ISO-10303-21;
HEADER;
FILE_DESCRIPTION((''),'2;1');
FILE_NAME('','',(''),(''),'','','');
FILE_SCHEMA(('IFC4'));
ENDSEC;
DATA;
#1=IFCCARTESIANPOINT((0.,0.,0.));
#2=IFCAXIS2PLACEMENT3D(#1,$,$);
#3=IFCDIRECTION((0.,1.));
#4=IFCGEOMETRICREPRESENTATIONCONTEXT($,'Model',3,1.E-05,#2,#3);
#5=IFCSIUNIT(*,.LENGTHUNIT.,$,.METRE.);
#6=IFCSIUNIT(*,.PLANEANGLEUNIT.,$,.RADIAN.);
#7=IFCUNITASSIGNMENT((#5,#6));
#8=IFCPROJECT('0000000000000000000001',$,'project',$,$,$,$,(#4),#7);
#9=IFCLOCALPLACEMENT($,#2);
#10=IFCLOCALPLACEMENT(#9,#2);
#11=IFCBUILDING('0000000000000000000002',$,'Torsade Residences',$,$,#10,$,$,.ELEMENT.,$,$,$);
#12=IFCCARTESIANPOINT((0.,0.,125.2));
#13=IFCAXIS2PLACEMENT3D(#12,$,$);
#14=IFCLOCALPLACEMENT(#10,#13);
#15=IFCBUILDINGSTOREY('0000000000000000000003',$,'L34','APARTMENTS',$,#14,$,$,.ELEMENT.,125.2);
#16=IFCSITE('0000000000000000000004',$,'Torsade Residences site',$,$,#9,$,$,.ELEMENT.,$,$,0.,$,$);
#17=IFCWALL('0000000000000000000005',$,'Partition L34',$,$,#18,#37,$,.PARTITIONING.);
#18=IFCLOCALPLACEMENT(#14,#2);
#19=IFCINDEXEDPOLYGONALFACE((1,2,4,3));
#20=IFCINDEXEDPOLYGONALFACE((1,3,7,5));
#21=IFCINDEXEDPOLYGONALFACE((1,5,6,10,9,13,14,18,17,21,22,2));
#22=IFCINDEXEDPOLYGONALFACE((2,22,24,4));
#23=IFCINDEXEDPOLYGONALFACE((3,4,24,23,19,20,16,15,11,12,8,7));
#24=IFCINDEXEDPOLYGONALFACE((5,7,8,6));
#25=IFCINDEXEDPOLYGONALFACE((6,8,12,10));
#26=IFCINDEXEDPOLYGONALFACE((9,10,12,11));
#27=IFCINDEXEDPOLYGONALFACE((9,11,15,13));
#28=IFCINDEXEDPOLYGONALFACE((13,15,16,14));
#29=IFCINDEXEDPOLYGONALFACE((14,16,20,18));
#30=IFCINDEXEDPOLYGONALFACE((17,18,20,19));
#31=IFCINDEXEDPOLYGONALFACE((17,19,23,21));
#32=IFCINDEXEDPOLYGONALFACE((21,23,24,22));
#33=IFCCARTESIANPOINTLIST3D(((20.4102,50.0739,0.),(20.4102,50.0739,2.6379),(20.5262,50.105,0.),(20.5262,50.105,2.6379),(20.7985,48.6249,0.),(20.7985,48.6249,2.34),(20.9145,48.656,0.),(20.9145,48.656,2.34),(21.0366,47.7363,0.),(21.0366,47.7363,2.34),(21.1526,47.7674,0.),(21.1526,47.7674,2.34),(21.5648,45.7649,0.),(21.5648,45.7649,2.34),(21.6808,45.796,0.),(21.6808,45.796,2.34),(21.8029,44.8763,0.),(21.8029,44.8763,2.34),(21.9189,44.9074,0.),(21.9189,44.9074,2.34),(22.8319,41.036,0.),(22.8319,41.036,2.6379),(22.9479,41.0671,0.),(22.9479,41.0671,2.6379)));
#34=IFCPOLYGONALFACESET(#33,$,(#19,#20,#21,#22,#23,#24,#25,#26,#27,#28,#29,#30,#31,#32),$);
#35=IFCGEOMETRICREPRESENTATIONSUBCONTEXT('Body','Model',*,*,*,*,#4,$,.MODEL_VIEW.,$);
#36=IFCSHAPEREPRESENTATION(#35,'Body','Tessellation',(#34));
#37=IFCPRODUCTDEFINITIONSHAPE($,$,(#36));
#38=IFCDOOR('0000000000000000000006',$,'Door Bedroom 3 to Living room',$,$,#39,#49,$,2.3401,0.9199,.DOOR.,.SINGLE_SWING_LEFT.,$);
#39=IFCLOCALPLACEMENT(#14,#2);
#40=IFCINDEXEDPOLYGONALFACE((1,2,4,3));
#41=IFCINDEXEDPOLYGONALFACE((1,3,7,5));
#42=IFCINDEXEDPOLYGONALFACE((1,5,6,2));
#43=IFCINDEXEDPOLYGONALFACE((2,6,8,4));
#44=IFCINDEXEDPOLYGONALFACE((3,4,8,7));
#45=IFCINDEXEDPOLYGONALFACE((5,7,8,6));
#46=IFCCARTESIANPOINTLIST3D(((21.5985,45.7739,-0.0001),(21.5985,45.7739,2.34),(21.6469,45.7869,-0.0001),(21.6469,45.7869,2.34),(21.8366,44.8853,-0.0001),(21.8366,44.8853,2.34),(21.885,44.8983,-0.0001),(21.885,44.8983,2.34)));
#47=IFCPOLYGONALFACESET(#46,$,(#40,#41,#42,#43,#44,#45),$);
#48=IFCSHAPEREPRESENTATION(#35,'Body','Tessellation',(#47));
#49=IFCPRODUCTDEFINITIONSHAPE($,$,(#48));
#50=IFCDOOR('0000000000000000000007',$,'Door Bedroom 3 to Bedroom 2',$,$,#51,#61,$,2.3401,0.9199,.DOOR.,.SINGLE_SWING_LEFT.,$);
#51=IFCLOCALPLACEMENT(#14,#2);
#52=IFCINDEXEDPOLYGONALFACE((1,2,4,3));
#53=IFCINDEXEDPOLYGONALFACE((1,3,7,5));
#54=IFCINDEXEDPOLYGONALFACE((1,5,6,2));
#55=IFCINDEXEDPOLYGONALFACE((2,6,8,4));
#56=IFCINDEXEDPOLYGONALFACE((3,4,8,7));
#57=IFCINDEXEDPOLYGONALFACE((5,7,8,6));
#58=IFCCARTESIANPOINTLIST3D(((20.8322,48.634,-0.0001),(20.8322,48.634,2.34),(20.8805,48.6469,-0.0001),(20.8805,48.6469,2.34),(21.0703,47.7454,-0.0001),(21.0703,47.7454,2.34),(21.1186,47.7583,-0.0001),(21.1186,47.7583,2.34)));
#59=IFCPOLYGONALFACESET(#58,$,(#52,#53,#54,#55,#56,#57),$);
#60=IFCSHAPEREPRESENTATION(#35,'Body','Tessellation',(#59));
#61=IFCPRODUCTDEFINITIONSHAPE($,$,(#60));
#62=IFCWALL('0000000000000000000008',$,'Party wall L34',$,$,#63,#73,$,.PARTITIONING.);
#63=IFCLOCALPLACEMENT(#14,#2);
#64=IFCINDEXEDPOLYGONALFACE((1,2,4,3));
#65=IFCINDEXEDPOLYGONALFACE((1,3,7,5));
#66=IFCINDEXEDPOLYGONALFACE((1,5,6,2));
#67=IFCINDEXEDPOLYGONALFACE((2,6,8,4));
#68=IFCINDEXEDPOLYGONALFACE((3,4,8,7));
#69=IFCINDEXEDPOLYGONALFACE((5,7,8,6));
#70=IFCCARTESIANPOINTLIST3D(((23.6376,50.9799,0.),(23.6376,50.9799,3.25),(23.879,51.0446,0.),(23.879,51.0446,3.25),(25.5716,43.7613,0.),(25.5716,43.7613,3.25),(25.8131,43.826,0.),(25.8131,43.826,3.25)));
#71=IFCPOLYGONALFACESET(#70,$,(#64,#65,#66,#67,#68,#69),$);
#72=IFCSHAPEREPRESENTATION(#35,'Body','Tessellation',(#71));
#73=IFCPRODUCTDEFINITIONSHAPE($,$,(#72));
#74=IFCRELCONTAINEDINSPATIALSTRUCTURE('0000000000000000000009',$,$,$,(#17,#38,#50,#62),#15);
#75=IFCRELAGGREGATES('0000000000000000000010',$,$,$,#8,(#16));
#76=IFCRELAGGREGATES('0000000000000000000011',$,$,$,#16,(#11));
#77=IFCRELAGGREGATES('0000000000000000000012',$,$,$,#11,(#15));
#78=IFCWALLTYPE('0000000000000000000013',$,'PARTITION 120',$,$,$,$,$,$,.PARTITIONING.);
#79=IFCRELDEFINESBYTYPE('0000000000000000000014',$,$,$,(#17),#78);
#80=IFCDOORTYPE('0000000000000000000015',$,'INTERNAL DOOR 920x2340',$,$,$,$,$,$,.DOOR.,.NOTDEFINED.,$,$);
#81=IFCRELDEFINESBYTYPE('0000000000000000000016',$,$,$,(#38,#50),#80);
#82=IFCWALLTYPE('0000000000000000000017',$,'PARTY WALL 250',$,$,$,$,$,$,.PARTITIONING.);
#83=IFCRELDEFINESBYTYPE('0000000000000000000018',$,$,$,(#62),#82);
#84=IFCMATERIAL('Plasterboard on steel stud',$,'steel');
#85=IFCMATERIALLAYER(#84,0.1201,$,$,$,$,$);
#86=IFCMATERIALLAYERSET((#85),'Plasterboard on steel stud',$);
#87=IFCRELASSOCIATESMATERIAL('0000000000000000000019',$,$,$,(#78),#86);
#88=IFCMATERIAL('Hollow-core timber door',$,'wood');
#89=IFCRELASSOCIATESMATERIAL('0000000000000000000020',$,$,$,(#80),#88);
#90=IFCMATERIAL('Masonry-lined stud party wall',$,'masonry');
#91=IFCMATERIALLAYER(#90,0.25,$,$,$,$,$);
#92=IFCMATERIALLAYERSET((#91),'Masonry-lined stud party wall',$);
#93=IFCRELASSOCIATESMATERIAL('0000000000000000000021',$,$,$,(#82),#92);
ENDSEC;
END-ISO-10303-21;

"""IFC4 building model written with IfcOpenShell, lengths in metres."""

from ifc_helpers import new_model, si_unit, direction, frame, frame_2d, origin, place, context, subcontext, project, spatial, rectangle, extrude, material, layer, layer_set, type_object, element, fill, save


model = new_model("IFC4")

# Units and contexts
model_context = context("Model", 3, precision=1e-05, world=origin(), true_north=direction((0.0, 1.0)))
body_context = subcontext(model_context, "Body", "Model", "MODEL_VIEW")
ifc_project = project(units=[si_unit("LENGTHUNIT", "METRE"), si_unit("PLANEANGLEUNIT", "RADIAN")], contexts=[model_context])

# Site, building, storey
site_placement = place(None, origin())
site = spatial("IfcSite", under=ifc_project, at=site_placement, Name="Torsade Residences site", CompositionType="ELEMENT", RefElevation=0.0)
building_placement = place(site_placement, origin())
building = spatial("IfcBuilding", under=site, at=building_placement, Name="Torsade Residences", CompositionType="ELEMENT")
storey_placement = place(building_placement, frame((0.0, 0.0, 125.2)))
storey = spatial("IfcBuildingStorey", under=building, at=storey_placement, Name="L34", Description="APARTMENTS", CompositionType="ELEMENT", Elevation=125.2)

# Wall, openings, doors
ifc_material_1 = material(Name="Plasterboard on steel stud", Category="steel")
ifc_layer_1 = layer(ifc_material_1, 0.1201)
ifc_layer_set_1 = layer_set([ifc_layer_1], Name="Plasterboard on steel stud")
wall_type_1 = type_object("IfcWallType", Name="PARTITION 120", PredefinedType="PARTITIONING", material=ifc_layer_set_1)
ifc_material_2 = material(Name="Hollow-core timber door", Category="wood")
door_type_1 = type_object("IfcDoorType", Name="INTERNAL DOOR 920x2340", OperationType="NOTDEFINED", PredefinedType="DOOR", material=ifc_material_2)
wall_1_placement = place(storey_placement, frame((20.4683, 50.0894, 0.0), z_axis=(0.0, 0.0, 1.0), x_axis=(0.258814, -0.965927, 0.0)))
wall_1 = element("IfcWall", 1, at=wall_1_placement, inside=storey, type_object=wall_type_1, Name="Partition L34", PredefinedType="PARTITIONING", context=body_context, shape_type="SweptSolid", body=[
    extrude(rectangle(XDim=9.3567, YDim=0.1201, at=frame_2d((4.6782, 0.0))), origin(), (0.0, 0.0, 1.0), 2.6379),
])
opening_1_placement = place(wall_1_placement, frame((4.4609, 0.0, 0.0)))
opening_1 = element("IfcOpeningElement", 2, at=opening_1_placement, cuts=wall_1, PredefinedType="OPENING", context=body_context, shape_type="SweptSolid", body=[
    extrude(rectangle(XDim=0.9199, YDim=2.3401, at=frame_2d((0.46, 1.1699))), frame((0.0, 0.0701, 0.0), z_axis=(0.0, -1.0, 0.0), x_axis=(1.0, 0.0, 0.0)), (0.0, 0.0, 1.0), 0.1401),
])
opening_2_placement = place(wall_1_placement, frame((1.5, 0.0, 0.0)))
opening_2 = element("IfcOpeningElement", 3, at=opening_2_placement, cuts=wall_1, PredefinedType="OPENING", context=body_context, shape_type="SweptSolid", body=[
    extrude(rectangle(XDim=0.9199, YDim=2.3401, at=frame_2d((0.46, 1.1699))), frame((0.0, 0.0701, 0.0), z_axis=(0.0, -1.0, 0.0), x_axis=(1.0, 0.0, 0.0)), (0.0, 0.0, 1.0), 0.1401),
])
door_1_placement = place(opening_1_placement, origin())
door_1 = element("IfcDoor", 4, at=door_1_placement, inside=storey, type_object=door_type_1, Name="Door Bedroom 3 to Living room", OperationType="SINGLE_SWING_LEFT", OverallHeight=2.3401, OverallWidth=0.9199, PredefinedType="DOOR", context=body_context, shape_type="SweptSolid", body=[
    extrude(rectangle(XDim=0.9199, YDim=2.3401, at=frame_2d((0.46, 1.1699))), frame((0.0, 0.0249, 0.0), z_axis=(0.0, -1.0, 0.0), x_axis=(1.0, 0.0, 0.0)), (0.0, 0.0, 1.0), 0.05),
])
fill(opening_1, door_1)
door_2_placement = place(opening_2_placement, origin())
door_2 = element("IfcDoor", 5, at=door_2_placement, inside=storey, type_object=door_type_1, Name="Door Bedroom 3 to Bedroom 2", OperationType="SINGLE_SWING_LEFT", OverallHeight=2.3401, OverallWidth=0.9199, PredefinedType="DOOR", context=body_context, shape_type="SweptSolid", body=[
    extrude(rectangle(XDim=0.9199, YDim=2.3401, at=frame_2d((0.46, 1.1699))), frame((0.0, 0.0249, 0.0), z_axis=(0.0, -1.0, 0.0), x_axis=(1.0, 0.0, 0.0)), (0.0, 0.0, 1.0), 0.05),
])
fill(opening_2, door_2)

# Wall
ifc_material_3 = material(Name="Masonry-lined stud party wall", Category="masonry")
ifc_layer_2 = layer(ifc_material_3, 0.25)
ifc_layer_set_2 = layer_set([ifc_layer_2], Name="Masonry-lined stud party wall")
wall_type_2 = type_object("IfcWallType", Name="PARTY WALL 250", PredefinedType="PARTITIONING", material=ifc_layer_set_2)
wall_2_placement = place(storey_placement, frame((23.7583, 51.0122, 0.0), z_axis=(0.0, 0.0, 1.0), x_axis=(0.258805, -0.96593, 0.0)))
element("IfcWall", 6, at=wall_2_placement, inside=storey, type_object=wall_type_2, Name="Party wall L34", PredefinedType="PARTITIONING", context=body_context, shape_type="SweptSolid", body=[
    extrude(rectangle(XDim=7.4731, YDim=0.25, at=frame_2d((3.7366, 0.0))), origin(), (0.0, 0.0, 1.0), 3.25),
])

save(model, "model.ifc")
